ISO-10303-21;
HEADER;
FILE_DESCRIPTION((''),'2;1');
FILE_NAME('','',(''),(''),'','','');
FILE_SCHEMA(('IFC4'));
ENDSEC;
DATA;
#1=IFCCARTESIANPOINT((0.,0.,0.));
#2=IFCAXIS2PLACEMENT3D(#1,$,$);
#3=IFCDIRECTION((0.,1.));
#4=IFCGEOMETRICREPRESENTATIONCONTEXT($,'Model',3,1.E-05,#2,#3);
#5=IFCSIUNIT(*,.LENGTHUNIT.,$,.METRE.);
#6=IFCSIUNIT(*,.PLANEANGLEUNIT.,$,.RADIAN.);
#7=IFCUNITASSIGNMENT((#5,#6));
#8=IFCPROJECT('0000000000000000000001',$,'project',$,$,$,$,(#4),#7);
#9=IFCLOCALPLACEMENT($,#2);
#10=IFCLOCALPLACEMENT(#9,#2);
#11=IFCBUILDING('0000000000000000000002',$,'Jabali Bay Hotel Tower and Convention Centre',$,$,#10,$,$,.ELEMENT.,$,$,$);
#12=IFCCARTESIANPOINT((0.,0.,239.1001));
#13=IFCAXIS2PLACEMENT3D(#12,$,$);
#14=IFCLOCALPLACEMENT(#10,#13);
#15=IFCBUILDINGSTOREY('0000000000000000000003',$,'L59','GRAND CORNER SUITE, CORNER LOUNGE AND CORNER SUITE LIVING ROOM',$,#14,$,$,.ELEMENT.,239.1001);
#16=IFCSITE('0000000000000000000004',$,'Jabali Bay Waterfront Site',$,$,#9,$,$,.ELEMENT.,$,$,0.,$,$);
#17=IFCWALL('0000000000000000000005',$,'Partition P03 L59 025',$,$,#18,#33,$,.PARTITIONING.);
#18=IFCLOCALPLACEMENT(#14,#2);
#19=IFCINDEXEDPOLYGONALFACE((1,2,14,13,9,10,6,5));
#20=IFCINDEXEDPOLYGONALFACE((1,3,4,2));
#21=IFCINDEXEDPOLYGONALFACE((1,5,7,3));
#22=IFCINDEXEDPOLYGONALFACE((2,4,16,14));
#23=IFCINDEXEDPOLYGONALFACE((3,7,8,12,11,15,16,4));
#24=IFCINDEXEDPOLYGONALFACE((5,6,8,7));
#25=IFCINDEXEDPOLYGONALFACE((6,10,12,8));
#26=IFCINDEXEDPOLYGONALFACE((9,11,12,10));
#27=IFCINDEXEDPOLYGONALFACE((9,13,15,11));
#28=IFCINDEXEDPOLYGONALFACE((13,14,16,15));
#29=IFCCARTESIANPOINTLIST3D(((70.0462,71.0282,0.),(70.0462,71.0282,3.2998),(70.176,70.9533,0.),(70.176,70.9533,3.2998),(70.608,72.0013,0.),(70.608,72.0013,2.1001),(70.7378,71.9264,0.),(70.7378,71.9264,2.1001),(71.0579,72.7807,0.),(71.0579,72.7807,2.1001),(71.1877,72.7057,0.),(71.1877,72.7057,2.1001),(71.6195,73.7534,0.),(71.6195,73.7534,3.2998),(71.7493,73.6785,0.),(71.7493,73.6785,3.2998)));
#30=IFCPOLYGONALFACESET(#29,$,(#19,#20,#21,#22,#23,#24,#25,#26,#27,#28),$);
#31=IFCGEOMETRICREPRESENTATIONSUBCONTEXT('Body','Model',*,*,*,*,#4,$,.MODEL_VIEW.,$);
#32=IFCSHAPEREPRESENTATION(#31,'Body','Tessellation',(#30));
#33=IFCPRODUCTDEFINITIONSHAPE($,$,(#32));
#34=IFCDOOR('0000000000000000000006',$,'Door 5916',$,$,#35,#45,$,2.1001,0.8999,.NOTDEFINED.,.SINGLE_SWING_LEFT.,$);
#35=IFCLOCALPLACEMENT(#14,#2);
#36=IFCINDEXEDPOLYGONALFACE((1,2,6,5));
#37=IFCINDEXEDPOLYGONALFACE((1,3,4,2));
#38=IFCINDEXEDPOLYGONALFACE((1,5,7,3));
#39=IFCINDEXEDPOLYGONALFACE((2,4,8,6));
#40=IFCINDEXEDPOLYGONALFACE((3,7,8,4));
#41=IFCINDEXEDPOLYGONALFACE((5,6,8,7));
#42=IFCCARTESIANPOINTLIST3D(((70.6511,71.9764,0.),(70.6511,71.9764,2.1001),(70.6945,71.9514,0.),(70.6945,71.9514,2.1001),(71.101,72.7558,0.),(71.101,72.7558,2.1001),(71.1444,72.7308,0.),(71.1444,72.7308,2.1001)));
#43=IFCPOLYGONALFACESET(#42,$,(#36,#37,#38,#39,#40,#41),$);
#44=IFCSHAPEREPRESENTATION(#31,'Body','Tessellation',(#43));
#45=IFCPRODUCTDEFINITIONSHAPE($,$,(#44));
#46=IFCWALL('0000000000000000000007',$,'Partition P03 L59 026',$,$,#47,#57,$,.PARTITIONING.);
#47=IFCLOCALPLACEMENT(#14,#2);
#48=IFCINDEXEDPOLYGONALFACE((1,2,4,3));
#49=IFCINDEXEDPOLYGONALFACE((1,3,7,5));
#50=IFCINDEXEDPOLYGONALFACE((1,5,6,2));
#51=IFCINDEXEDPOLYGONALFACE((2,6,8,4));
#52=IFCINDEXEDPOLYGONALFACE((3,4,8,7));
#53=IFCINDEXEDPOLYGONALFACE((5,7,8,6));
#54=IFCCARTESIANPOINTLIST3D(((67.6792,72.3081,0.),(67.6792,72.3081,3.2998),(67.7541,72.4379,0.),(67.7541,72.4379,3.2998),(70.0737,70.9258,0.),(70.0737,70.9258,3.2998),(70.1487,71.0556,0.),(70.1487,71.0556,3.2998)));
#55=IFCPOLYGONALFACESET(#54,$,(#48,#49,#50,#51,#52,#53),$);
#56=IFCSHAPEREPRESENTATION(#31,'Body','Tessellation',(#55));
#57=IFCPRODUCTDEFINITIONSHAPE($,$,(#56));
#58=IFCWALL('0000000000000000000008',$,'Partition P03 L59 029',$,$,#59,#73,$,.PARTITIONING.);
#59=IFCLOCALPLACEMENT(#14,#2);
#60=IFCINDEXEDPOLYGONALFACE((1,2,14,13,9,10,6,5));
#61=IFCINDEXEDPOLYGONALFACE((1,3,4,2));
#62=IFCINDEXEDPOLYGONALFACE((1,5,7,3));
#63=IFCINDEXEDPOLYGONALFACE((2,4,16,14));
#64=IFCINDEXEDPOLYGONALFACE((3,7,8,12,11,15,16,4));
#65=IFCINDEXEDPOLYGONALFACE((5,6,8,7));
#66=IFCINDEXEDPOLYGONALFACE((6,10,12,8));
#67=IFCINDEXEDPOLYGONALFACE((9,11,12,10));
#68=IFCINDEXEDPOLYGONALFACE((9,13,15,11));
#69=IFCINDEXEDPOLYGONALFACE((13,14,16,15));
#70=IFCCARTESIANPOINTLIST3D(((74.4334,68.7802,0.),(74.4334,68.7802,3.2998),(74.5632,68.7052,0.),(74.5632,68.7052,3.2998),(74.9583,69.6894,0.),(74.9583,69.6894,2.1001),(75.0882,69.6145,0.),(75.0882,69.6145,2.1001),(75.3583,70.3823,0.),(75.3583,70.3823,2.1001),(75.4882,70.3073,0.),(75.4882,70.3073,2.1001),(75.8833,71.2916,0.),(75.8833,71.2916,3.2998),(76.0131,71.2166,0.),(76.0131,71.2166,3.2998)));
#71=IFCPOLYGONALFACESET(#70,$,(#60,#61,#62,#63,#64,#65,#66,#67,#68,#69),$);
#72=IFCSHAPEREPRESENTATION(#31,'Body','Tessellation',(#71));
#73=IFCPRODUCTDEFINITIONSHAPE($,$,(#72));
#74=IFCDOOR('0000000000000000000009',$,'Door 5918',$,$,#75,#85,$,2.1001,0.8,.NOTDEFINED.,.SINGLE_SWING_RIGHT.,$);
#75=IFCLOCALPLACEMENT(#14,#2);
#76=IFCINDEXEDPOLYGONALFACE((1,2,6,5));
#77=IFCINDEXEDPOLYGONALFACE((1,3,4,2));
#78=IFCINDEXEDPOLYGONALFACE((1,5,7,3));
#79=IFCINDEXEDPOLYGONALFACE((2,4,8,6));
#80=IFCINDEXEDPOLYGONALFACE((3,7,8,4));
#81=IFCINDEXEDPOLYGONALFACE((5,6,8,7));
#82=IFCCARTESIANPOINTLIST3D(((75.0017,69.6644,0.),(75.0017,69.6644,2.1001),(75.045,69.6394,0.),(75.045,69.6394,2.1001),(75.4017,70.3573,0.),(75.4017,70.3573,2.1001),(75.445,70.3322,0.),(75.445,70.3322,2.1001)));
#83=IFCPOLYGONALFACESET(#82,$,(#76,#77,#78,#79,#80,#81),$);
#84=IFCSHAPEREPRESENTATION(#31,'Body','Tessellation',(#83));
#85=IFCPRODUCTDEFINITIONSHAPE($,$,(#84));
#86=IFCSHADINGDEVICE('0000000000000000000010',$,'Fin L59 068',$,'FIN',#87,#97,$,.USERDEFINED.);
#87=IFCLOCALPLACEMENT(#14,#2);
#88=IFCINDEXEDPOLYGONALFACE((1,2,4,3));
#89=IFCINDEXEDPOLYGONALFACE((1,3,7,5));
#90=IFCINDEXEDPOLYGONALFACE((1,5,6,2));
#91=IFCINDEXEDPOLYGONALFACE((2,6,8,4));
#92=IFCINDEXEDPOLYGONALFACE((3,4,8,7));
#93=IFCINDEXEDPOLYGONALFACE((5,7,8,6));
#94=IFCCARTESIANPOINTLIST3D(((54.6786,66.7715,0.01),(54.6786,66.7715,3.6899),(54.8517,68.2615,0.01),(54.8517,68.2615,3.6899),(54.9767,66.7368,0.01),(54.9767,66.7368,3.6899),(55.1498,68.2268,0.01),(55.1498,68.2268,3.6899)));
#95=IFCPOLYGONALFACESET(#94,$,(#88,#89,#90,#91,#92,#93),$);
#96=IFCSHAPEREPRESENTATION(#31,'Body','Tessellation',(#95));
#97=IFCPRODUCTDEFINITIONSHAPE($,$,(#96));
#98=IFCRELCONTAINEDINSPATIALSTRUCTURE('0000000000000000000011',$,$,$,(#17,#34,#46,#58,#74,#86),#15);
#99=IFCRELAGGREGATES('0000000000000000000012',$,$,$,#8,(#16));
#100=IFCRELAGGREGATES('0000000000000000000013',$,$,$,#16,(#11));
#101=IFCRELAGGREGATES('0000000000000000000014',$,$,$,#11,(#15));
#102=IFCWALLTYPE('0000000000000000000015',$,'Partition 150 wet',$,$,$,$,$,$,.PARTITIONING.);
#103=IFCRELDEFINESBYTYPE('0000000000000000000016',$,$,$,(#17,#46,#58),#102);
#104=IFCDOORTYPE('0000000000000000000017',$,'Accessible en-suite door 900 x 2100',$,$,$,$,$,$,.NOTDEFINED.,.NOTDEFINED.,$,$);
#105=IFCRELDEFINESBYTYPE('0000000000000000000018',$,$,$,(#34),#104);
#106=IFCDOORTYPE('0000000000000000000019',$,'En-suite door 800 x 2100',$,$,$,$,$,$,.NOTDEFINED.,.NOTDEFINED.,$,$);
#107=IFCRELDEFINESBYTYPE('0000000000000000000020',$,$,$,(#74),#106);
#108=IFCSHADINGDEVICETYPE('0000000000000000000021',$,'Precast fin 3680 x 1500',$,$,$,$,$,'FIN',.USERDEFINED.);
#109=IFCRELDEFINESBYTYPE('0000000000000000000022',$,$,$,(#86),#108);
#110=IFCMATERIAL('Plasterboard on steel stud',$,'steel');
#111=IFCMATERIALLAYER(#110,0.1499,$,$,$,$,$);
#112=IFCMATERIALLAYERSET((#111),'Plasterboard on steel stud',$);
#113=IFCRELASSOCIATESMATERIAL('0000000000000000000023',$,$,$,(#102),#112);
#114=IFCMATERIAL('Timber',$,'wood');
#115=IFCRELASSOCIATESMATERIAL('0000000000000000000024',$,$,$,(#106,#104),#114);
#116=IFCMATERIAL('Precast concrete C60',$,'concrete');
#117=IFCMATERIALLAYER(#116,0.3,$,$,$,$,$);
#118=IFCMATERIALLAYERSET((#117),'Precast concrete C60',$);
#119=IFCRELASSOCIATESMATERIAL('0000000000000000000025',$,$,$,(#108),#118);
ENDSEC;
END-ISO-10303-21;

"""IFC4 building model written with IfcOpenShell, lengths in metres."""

from ifc_helpers import new_model, si_unit, direction, frame, frame_2d, origin, place, context, subcontext, project, spatial, rectangle, extrude, material, layer, layer_set, type_object, element, fill, save


model = new_model("IFC4")

# Units and contexts
model_context = context("Model", 3, precision=1e-05, world=origin(), true_north=direction((0.0, 1.0)))
body_context = subcontext(model_context, "Body", "Model", "MODEL_VIEW")
ifc_project = project(units=[si_unit("LENGTHUNIT", "METRE"), si_unit("PLANEANGLEUNIT", "RADIAN")], contexts=[model_context])

# Site, building, storey
site_placement = place(None, origin())
site = spatial("IfcSite", under=ifc_project, at=site_placement, Name="Jabali Bay Waterfront Site", CompositionType="ELEMENT", RefElevation=0.0)
building_placement = place(site_placement, origin())
building = spatial("IfcBuilding", under=site, at=building_placement, Name="Jabali Bay Hotel Tower and Convention Centre", CompositionType="ELEMENT")
storey_placement = place(building_placement, frame((0.0, 0.0, 239.1001)))
storey = spatial("IfcBuildingStorey", under=building, at=storey_placement, Name="L59", Description="GRAND CORNER SUITE, CORNER LOUNGE AND CORNER SUITE LIVING ROOM", CompositionType="ELEMENT", Elevation=239.1001)

# Shared definitions
ifc_material_1 = material(Name="Timber", Category="wood")

# Shared definitions
ifc_material_2 = material(Name="Plasterboard on steel stud", Category="steel")
ifc_layer_1 = layer(ifc_material_2, 0.1499)
ifc_layer_set_1 = layer_set([ifc_layer_1], Name="Plasterboard on steel stud")
wall_type_1 = type_object("IfcWallType", Name="Partition 150 wet", PredefinedType="PARTITIONING", material=ifc_layer_set_1)
door_type_1 = type_object("IfcDoorType", Name="En-suite door 800 x 2100", OperationType="NOTDEFINED", PredefinedType="NOTDEFINED", material=ifc_material_1)

# Wall, opening, door
wall_1_placement = place(storey_placement, frame((71.6843, 73.7158, 0.0), z_axis=(0.0, 0.0, 1.0), x_axis=(-0.499978, -0.866038, 0.0)))
wall_1 = element("IfcWall", 1, at=wall_1_placement, inside=storey, type_object=wall_type_1, Name="Partition P03 L59 025", PredefinedType="PARTITIONING", context=body_context, shape_type="SweptSolid", body=[
    extrude(rectangle(XDim=3.1467, YDim=0.1499, at=frame_2d((1.5732, 0.0))), origin(), (0.0, 0.0, 1.0), 3.2998),
])
opening_1_placement = place(wall_1_placement, frame((1.123, 0.0, 0.0)))
opening_1 = element("IfcOpeningElement", 2, at=opening_1_placement, cuts=wall_1, PredefinedType="OPENING", context=body_context, shape_type="SweptSolid", body=[
    extrude(rectangle(XDim=0.8999, YDim=2.1001, at=frame_2d((0.45, 1.05))), frame((0.0, 0.0854, 0.0), z_axis=(0.0, -1.0, 0.0), x_axis=(1.0, 0.0, 0.0)), (0.0, 0.0, 1.0), 0.1709),
])
door_type_2 = type_object("IfcDoorType", Name="Accessible en-suite door 900 x 2100", OperationType="NOTDEFINED", PredefinedType="NOTDEFINED", material=ifc_material_1)
door_1_placement = place(opening_1_placement, origin())
door_1 = element("IfcDoor", 3, at=door_1_placement, inside=storey, type_object=door_type_2, Name="Door 5916", OperationType="SINGLE_SWING_LEFT", OverallHeight=2.1001, OverallWidth=0.8999, PredefinedType="NOTDEFINED", context=body_context, shape_type="SweptSolid", body=[
    extrude(rectangle(XDim=0.8999, YDim=2.1001, at=frame_2d((0.45, 1.05))), frame((0.0, 0.0249, 0.0), z_axis=(0.0, -1.0, 0.0), x_axis=(1.0, 0.0, 0.0)), (0.0, 0.0, 1.0), 0.05),
])
fill(opening_1, door_1)

# Wall
wall_2_placement = place(storey_placement, frame((70.1111, 70.9907, 0.0), z_axis=(0.0, 0.0, 1.0), x_axis=(-0.86605, 0.499957, 0.0)))
element("IfcWall", 4, at=wall_2_placement, inside=storey, type_object=wall_type_1, Name="Partition P03 L59 026", PredefinedType="PARTITIONING", context=body_context, shape_type="SweptSolid", body=[
    extrude(rectangle(XDim=2.7649, YDim=0.1499, at=frame_2d((1.3823, 0.0))), origin(), (0.0, 0.0, 1.0), 3.2998),
])

# Wall, opening, door
wall_3_placement = place(storey_placement, frame((74.4983, 68.7427, 0.0), z_axis=(0.0, 0.0, 1.0), x_axis=(0.499987, 0.866033, 0.0)))
wall_3 = element("IfcWall", 5, at=wall_3_placement, inside=storey, type_object=wall_type_1, Name="Partition P03 L59 029", PredefinedType="PARTITIONING", context=body_context, shape_type="SweptSolid", body=[
    extrude(rectangle(XDim=2.8999, YDim=0.1499, at=frame_2d((1.45, 0.0))), origin(), (0.0, 0.0, 1.0), 3.2998),
])
opening_2_placement = place(wall_3_placement, frame((1.05, 0.0, 0.0)))
opening_2 = element("IfcOpeningElement", 6, at=opening_2_placement, cuts=wall_3, PredefinedType="OPENING", context=body_context, shape_type="SweptSolid", body=[
    extrude(rectangle(XDim=0.8, YDim=2.1001, at=frame_2d((0.3999, 1.05))), frame((0.0, 0.0854, 0.0), z_axis=(0.0, -1.0, 0.0), x_axis=(1.0, 0.0, 0.0)), (0.0, 0.0, 1.0), 0.1709),
])
door_2_placement = place(opening_2_placement, origin())
door_2 = element("IfcDoor", 7, at=door_2_placement, inside=storey, type_object=door_type_1, Name="Door 5918", OperationType="SINGLE_SWING_RIGHT", OverallHeight=2.1001, OverallWidth=0.8, PredefinedType="NOTDEFINED", context=body_context, shape_type="SweptSolid", body=[
    extrude(rectangle(XDim=0.8, YDim=2.1001, at=frame_2d((0.3999, 1.05))), frame((0.0, 0.0249, 0.0), z_axis=(0.0, -1.0, 0.0), x_axis=(1.0, 0.0, 0.0)), (0.0, 0.0, 1.0), 0.05),
])
fill(opening_2, door_2)

# Shading device
ifc_material_3 = material(Name="Precast concrete C60", Category="concrete")
ifc_layer_2 = layer(ifc_material_3, 0.3)
ifc_layer_set_2 = layer_set([ifc_layer_2], Name="Precast concrete C60")
shading_device_type = type_object("IfcShadingDeviceType", Name="Precast fin 3680 x 1500", ElementType="FIN", PredefinedType="USERDEFINED", material=ifc_layer_set_2)
shading_device_placement = place(storey_placement, frame((55.0007, 68.2441, 0.01), z_axis=(0.0, 0.0, 1.0), x_axis=(-0.115396, -0.99332, 0.0)))
element("IfcShadingDevice", 8, at=shading_device_placement, inside=storey, type_object=shading_device_type, Name="Fin L59 068", ObjectType="FIN", PredefinedType="USERDEFINED", context=body_context, shape_type="SweptSolid", body=[
    extrude(rectangle(XDim=1.5, YDim=0.3, at=frame_2d((0.75, 0.0))), origin(), (0.0, 0.0, 1.0), 3.6799),
])

save(model, "model.ifc")
